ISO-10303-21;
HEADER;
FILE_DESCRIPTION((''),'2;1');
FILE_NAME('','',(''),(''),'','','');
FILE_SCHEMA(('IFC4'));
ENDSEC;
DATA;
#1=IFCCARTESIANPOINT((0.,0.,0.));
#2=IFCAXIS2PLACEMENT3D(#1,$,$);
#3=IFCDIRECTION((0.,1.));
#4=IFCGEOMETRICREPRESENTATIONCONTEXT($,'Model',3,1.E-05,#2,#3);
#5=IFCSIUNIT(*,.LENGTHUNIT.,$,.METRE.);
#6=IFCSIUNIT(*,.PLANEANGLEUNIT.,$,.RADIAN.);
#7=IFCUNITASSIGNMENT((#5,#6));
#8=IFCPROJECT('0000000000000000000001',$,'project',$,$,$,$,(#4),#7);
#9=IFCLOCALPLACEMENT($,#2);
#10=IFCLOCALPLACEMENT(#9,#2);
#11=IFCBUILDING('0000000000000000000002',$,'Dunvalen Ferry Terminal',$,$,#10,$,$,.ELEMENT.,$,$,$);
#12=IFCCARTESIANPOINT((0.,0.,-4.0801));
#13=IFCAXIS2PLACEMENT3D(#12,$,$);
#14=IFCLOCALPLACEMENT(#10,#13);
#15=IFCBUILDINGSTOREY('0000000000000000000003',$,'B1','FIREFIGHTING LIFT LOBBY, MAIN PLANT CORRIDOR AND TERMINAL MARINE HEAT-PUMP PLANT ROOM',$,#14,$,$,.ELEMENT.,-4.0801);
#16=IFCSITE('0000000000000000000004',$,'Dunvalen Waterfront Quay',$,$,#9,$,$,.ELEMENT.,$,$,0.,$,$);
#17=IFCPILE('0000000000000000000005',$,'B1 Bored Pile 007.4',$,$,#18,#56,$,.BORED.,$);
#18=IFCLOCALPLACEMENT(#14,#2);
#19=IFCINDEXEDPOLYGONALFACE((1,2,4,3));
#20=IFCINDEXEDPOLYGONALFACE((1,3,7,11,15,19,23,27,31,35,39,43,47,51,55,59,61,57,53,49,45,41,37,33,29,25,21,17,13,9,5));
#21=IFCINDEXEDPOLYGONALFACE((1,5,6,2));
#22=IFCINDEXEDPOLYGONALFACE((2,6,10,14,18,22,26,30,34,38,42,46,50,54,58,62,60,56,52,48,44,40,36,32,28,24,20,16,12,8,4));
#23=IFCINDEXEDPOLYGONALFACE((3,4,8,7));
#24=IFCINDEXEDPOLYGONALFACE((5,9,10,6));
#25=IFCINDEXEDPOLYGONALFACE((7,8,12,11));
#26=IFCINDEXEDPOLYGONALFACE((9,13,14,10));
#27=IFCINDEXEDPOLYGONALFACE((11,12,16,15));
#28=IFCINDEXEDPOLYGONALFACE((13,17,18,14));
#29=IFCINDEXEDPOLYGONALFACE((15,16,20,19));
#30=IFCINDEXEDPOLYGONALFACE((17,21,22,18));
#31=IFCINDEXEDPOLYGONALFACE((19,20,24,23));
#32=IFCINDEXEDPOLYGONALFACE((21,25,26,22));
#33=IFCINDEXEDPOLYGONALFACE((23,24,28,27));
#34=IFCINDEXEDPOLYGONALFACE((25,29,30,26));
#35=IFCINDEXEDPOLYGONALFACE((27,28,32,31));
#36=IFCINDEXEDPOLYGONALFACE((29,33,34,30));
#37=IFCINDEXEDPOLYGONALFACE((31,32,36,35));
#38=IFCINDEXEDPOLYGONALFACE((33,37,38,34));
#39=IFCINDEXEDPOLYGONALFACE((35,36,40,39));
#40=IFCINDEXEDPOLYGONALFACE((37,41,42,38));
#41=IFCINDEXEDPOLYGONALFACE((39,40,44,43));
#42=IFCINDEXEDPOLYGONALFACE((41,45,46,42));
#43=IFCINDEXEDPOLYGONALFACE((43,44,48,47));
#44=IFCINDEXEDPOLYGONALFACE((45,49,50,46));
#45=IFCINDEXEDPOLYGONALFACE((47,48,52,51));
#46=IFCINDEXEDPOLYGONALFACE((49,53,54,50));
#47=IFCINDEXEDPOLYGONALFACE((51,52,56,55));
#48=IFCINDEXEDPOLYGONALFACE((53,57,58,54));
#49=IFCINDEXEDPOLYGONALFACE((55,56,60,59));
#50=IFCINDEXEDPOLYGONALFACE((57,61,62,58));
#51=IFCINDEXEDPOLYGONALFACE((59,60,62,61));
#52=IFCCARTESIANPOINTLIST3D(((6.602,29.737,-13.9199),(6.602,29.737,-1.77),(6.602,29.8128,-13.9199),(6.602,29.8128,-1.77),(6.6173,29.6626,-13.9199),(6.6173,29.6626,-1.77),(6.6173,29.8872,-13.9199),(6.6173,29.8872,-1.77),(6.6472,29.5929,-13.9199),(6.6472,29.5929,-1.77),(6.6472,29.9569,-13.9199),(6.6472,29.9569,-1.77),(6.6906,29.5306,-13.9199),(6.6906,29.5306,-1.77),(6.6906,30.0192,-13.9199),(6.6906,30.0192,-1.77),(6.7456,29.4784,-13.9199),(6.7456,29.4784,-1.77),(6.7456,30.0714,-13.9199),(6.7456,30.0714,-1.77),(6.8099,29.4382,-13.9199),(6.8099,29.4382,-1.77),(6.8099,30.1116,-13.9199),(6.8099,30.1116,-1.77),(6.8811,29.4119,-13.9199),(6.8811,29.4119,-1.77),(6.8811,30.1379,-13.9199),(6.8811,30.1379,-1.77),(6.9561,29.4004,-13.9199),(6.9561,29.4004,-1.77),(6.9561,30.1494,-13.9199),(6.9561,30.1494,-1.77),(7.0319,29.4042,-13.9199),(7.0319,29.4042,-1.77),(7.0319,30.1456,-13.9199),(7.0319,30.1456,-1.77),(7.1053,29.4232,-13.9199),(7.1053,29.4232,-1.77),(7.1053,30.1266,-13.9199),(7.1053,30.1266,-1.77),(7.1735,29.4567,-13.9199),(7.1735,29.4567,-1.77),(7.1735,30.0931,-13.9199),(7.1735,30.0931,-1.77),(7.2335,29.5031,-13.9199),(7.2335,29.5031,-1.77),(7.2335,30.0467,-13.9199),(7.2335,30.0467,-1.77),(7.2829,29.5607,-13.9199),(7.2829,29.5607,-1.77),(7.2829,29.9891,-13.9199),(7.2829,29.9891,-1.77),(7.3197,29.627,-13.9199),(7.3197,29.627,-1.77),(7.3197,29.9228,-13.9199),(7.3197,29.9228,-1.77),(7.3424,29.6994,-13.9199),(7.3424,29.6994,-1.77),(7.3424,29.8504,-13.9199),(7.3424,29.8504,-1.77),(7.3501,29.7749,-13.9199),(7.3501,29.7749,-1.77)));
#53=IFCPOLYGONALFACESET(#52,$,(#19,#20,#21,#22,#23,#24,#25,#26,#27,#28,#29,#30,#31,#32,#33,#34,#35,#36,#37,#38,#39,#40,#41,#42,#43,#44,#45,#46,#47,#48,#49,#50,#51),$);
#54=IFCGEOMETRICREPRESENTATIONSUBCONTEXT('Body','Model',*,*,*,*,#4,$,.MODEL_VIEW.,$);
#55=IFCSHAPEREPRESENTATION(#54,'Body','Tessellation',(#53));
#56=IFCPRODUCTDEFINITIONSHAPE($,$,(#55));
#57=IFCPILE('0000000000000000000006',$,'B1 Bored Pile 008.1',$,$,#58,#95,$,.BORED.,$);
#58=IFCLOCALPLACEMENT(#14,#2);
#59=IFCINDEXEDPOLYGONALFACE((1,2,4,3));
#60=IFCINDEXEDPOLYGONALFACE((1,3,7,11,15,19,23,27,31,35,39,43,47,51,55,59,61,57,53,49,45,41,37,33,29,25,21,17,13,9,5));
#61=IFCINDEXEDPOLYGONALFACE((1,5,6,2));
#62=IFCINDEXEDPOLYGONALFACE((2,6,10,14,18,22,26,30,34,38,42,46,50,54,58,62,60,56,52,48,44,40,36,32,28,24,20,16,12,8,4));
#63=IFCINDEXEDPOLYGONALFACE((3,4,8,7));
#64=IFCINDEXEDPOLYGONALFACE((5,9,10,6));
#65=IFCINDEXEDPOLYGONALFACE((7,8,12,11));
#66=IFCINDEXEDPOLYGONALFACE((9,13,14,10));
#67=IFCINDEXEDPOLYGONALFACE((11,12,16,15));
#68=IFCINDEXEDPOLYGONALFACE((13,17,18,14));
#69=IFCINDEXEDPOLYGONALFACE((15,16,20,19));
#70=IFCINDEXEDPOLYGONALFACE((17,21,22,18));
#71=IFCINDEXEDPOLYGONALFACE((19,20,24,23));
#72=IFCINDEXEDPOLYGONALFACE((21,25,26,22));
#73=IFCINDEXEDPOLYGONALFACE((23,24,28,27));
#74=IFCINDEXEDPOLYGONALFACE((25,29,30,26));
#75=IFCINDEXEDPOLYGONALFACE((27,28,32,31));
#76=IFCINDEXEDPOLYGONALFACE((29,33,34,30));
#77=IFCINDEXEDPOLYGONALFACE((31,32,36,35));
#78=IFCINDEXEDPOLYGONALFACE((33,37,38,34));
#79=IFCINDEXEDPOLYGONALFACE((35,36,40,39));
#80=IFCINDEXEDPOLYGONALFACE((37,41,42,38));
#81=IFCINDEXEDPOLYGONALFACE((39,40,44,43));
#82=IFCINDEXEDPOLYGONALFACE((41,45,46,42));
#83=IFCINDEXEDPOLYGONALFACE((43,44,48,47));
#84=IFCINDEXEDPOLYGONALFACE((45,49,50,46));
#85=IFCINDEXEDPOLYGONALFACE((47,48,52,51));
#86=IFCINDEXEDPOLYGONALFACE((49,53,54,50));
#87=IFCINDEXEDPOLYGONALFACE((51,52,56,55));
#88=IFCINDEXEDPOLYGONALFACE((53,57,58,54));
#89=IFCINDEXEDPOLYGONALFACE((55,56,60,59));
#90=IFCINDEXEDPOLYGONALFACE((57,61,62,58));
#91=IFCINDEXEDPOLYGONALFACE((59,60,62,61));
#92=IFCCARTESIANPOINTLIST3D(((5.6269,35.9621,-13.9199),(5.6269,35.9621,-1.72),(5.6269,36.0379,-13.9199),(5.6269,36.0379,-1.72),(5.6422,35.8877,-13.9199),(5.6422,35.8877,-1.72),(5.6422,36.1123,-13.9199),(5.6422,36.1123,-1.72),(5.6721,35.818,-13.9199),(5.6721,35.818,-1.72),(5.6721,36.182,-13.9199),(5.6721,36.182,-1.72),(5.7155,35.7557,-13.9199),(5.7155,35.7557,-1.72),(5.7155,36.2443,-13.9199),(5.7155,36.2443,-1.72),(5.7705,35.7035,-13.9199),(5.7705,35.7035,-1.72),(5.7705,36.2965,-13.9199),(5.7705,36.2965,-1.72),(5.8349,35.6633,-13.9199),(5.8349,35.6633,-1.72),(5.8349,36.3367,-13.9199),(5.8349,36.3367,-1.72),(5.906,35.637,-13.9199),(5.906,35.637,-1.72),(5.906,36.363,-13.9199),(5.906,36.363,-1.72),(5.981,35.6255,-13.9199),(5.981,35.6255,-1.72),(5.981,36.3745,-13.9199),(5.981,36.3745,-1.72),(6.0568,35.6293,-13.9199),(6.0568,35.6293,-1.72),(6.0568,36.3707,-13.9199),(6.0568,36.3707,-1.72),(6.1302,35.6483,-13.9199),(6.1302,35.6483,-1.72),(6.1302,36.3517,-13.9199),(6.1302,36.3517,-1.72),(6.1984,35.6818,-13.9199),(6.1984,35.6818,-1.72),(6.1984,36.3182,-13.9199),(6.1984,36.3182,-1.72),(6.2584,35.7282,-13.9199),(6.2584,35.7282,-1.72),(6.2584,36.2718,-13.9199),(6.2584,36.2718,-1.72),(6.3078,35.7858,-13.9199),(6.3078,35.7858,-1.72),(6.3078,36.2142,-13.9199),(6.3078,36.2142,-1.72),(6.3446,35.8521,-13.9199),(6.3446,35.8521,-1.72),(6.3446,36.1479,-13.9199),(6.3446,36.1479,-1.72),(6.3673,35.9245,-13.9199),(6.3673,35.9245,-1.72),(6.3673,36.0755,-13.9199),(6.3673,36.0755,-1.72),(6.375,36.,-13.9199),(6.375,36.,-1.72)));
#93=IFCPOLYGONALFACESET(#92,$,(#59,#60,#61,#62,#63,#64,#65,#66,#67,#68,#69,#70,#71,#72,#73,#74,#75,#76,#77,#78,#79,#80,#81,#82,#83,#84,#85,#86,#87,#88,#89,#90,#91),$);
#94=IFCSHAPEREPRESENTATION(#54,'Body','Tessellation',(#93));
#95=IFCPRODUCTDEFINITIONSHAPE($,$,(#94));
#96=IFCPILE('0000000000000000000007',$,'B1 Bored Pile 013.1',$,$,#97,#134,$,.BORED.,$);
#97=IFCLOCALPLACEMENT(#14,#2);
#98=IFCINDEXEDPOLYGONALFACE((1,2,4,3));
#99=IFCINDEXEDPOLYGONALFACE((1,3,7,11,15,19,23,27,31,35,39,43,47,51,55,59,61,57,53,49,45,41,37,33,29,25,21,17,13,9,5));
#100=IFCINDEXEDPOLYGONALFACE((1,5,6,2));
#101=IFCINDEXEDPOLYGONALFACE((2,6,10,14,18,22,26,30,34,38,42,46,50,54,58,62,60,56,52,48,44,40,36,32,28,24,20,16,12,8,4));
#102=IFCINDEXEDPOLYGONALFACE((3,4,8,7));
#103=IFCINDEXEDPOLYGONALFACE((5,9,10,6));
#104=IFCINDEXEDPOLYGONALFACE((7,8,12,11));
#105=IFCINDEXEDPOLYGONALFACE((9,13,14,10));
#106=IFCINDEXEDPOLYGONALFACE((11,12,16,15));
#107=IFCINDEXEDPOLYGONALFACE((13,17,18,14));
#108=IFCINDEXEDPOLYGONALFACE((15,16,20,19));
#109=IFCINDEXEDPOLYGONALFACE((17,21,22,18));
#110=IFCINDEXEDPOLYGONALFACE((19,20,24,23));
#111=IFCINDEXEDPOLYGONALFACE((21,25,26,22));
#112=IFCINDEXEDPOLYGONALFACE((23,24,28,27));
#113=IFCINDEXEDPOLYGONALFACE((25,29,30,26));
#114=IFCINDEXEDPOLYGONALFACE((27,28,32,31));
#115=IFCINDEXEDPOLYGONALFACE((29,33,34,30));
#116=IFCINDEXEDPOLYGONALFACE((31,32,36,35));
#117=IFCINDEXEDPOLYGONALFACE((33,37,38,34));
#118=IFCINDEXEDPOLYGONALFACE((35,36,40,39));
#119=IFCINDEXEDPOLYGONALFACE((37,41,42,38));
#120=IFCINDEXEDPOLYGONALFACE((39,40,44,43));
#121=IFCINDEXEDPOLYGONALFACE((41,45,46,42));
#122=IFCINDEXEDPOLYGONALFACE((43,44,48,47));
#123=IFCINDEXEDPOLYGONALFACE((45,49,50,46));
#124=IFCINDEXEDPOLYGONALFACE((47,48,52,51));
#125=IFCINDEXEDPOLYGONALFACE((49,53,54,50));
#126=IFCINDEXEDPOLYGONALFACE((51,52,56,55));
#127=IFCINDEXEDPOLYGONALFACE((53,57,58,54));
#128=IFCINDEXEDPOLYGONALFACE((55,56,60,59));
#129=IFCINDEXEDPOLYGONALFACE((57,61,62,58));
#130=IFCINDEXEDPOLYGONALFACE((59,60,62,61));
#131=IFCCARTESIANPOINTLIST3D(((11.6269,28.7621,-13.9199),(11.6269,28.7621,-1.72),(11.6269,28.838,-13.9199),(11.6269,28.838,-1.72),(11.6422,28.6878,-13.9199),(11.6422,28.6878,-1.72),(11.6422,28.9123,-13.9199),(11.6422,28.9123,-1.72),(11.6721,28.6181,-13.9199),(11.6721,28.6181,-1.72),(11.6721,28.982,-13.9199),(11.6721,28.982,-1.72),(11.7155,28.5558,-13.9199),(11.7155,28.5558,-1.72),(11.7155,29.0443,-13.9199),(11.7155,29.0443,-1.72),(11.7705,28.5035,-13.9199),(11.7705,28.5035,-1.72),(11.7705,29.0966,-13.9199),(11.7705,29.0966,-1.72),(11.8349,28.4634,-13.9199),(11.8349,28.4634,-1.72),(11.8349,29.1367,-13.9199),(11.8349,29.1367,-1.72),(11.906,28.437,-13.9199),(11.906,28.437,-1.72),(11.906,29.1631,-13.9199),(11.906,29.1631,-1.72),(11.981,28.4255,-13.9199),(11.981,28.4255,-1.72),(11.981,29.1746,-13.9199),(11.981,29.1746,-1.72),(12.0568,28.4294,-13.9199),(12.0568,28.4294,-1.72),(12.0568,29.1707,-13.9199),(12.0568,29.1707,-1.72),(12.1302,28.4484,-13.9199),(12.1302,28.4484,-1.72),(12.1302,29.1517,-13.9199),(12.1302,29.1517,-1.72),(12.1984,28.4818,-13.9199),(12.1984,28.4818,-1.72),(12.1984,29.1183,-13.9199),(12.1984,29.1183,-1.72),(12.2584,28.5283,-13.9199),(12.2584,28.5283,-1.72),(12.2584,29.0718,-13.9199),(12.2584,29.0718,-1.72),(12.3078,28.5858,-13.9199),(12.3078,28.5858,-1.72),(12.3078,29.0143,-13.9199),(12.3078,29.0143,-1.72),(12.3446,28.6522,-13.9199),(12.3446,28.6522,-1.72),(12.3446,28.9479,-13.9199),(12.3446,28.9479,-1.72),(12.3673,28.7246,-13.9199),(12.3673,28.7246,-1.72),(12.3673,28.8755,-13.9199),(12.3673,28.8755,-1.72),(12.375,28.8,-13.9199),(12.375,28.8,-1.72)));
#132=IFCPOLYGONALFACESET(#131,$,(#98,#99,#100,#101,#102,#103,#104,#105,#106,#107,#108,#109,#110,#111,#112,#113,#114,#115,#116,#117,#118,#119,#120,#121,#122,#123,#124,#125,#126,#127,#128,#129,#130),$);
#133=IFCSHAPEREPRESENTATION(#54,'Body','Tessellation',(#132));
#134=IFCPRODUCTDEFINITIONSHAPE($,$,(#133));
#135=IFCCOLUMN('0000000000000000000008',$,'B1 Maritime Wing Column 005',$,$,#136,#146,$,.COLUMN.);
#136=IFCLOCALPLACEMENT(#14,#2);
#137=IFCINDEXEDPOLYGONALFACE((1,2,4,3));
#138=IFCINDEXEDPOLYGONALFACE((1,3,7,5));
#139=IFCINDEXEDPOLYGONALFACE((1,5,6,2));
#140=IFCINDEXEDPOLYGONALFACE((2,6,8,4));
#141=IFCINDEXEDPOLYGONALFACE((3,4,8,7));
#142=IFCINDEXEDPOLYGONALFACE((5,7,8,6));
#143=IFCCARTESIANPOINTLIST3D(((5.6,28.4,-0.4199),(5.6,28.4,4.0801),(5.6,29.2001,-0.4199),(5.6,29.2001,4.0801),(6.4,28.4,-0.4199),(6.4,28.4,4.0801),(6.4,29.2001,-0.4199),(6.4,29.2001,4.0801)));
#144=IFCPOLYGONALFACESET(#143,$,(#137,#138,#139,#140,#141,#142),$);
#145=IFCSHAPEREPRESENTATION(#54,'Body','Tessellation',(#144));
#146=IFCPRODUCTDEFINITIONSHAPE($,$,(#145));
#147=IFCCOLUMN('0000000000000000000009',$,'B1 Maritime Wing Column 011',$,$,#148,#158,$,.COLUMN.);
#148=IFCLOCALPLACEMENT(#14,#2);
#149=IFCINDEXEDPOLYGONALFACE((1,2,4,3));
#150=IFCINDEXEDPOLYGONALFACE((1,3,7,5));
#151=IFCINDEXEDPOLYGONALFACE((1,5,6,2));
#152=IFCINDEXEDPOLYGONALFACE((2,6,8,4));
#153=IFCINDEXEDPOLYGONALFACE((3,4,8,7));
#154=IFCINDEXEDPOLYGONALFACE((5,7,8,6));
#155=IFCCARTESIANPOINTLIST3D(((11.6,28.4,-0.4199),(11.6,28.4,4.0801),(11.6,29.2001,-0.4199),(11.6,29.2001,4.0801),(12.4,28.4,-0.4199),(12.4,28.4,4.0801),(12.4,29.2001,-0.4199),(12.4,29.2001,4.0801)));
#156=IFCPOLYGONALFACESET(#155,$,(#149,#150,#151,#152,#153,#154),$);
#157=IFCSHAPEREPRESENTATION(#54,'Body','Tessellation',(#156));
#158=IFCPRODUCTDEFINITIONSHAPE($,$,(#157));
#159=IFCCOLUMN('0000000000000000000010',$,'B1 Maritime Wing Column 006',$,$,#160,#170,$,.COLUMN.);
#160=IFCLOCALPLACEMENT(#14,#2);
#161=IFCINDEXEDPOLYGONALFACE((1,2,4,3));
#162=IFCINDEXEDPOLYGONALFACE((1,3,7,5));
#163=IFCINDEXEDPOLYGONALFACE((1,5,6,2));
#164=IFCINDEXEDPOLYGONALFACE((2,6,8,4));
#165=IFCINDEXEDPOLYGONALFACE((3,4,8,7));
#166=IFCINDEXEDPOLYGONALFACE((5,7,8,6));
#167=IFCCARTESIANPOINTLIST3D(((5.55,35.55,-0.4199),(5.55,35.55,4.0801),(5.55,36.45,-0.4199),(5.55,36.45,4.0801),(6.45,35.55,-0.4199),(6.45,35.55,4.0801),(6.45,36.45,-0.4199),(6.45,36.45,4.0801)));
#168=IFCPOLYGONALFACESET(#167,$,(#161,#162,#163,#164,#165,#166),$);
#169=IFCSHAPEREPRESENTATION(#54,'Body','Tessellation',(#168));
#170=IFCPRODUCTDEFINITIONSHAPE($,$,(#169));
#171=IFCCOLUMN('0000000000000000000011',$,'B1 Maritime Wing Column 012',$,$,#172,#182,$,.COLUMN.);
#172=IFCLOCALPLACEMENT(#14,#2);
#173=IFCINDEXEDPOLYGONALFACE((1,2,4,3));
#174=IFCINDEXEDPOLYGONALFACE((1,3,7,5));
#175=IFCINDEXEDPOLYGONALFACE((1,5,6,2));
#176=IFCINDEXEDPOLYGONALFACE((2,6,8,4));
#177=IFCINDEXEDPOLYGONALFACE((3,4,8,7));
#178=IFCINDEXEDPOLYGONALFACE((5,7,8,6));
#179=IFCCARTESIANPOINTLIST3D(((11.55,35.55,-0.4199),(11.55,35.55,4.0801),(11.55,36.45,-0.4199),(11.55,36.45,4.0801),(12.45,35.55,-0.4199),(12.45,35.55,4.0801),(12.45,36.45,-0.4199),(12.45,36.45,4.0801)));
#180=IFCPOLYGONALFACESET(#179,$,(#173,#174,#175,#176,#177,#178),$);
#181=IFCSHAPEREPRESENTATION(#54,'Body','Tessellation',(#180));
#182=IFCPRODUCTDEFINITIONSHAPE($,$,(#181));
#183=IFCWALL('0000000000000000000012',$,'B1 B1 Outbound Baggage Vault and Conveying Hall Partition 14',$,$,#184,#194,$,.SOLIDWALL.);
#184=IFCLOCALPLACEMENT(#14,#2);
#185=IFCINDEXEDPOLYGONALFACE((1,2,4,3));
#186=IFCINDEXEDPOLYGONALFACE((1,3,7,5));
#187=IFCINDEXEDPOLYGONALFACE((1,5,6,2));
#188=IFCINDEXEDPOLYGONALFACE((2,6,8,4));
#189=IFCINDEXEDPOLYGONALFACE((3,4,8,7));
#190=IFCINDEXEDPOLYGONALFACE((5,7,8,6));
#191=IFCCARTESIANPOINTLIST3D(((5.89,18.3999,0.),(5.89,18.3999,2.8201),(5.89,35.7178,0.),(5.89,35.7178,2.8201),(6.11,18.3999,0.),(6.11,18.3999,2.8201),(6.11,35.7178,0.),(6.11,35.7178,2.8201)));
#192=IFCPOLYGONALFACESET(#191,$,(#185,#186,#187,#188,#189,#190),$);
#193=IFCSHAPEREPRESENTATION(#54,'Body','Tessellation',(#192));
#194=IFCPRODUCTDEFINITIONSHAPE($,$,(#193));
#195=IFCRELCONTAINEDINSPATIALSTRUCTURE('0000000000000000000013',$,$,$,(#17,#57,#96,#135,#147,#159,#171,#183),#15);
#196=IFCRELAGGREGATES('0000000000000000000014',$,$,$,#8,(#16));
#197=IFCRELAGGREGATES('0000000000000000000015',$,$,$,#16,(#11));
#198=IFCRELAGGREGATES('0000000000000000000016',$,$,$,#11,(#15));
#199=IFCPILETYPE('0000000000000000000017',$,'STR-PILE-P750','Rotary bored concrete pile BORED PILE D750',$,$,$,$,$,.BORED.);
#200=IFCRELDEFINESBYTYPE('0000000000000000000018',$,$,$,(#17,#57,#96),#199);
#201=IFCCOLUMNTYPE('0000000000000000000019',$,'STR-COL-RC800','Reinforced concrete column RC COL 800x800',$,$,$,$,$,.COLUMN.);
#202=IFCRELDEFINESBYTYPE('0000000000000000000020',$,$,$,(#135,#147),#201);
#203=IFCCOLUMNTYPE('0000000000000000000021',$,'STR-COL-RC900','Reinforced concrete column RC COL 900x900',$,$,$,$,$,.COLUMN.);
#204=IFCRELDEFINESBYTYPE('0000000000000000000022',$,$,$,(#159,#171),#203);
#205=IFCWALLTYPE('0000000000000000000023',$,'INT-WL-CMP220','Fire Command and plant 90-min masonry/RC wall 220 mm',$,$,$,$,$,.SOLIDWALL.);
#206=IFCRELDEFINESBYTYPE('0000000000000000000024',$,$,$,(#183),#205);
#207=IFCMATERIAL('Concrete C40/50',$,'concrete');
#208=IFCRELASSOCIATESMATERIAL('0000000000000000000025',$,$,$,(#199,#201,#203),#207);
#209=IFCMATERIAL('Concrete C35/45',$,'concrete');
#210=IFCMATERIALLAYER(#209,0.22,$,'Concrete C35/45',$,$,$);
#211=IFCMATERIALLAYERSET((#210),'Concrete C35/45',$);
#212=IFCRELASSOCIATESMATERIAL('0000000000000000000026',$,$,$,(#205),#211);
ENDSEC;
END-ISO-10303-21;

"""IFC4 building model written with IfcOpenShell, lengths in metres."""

from ifc_helpers import new_model, si_unit, direction, frame, frame_2d, origin, origin_2d, place, context, subcontext, project, spatial, rectangle, circle, extrude, material, layer, layer_set, material_profile, profile_set, type_object, element, save


model = new_model("IFC4")

# Units and contexts
model_context = context("Model", 3, precision=1e-05, world=origin(), true_north=direction((0.0, 1.0)))
body_context = subcontext(model_context, "Body", "Model", "MODEL_VIEW")
ifc_project = project(units=[si_unit("LENGTHUNIT", "METRE"), si_unit("PLANEANGLEUNIT", "RADIAN")], contexts=[model_context])

# Site, building, storey
site_placement = place(None, origin())
site = spatial("IfcSite", under=ifc_project, at=site_placement, Name="Dunvalen Waterfront Quay", CompositionType="ELEMENT", RefElevation=0.0)
building_placement = place(site_placement, origin())
building = spatial("IfcBuilding", under=site, at=building_placement, Name="Dunvalen Ferry Terminal", CompositionType="ELEMENT")
storey_placement = place(building_placement, frame((0.0, 0.0, -4.0801)))
storey = spatial("IfcBuildingStorey", under=building, at=storey_placement, Name="B1", Description="FIREFIGHTING LIFT LOBBY, MAIN PLANT CORRIDOR AND TERMINAL MARINE HEAT-PUMP PLANT ROOM", CompositionType="ELEMENT", Elevation=-4.0801)

# Shared definitions
ifc_material_1 = material(Name="Concrete C40/50", Category="concrete")

# Piles
ifc_material_profile_1 = material_profile(ifc_material_1, circle(Radius=0.375, at=origin_2d()), Name="Concrete C40/50")
ifc_profile_set_1 = profile_set([ifc_material_profile_1], Name="Concrete C40/50")
pile_type_1 = type_object("IfcPileType", Name="STR-PILE-P750", Description="Rotary bored concrete pile BORED PILE D750", PredefinedType="BORED", material=ifc_profile_set_1)
for number, where, z_axis, x_axis, name in (
    (1, (6.9751, 29.7749, -1.77), (0.0, 0.0, -1.0), (1.0, 0.0, 0.0), "B1 Bored Pile 007.4"),
):
    element("IfcPile", number, at=place(storey_placement, frame(where, z_axis=z_axis, x_axis=x_axis)), inside=storey, type_object=pile_type_1, Name=name, PredefinedType="BORED", context=body_context, shape_type="SweptSolid", body=[
        extrude(circle(Radius=0.375, at=origin_2d()), origin(), (0.0, 0.0, 1.0), 12.1499),
    ])
for number, where, z_axis, x_axis, name in (
    (2, (6.0, 36.0, -1.72), (0.0, 0.0, -1.0), (1.0, 0.0, 0.0), "B1 Bored Pile 008.1"),
    (3, (12.0, 28.8, -1.72), (0.0, 0.0, -1.0), (1.0, 0.0, 0.0), "B1 Bored Pile 013.1"),
):
    element("IfcPile", number, at=place(storey_placement, frame(where, z_axis=z_axis, x_axis=x_axis)), inside=storey, type_object=pile_type_1, Name=name, PredefinedType="BORED", context=body_context, shape_type="SweptSolid", body=[
        extrude(circle(Radius=0.375, at=origin_2d()), origin(), (0.0, 0.0, 1.0), 12.2),
    ])

# Columns
ifc_material_profile_2 = material_profile(ifc_material_1, rectangle(XDim=0.8, YDim=0.8, at=origin_2d()), Name="Concrete C40/50")
ifc_profile_set_2 = profile_set([ifc_material_profile_2], Name="Concrete C40/50")
column_type_1 = type_object("IfcColumnType", Name="STR-COL-RC800", Description="Reinforced concrete column RC COL 800x800", PredefinedType="COLUMN", material=ifc_profile_set_2)
for number, where, z_axis, x_axis, name in (
    (4, (6.0, 28.8, -0.4199), (0.0, 0.0, 1.0), (1.0, 0.0, 0.0), "B1 Maritime Wing Column 005"),
    (5, (12.0, 28.8, -0.4199), (0.0, 0.0, 1.0), (1.0, 0.0, 0.0), "B1 Maritime Wing Column 011"),
):
    element("IfcColumn", number, at=place(storey_placement, frame(where, z_axis=z_axis, x_axis=x_axis)), inside=storey, type_object=column_type_1, Name=name, PredefinedType="COLUMN", context=body_context, shape_type="SweptSolid", body=[
        extrude(rectangle(XDim=0.8, YDim=0.8, at=origin_2d()), origin(), (0.0, 0.0, 1.0), 4.5),
    ])
ifc_material_profile_3 = material_profile(ifc_material_1, rectangle(XDim=0.8999, YDim=0.8999, at=origin_2d()), Name="Concrete C40/50")
ifc_profile_set_3 = profile_set([ifc_material_profile_3], Name="Concrete C40/50")
column_type_2 = type_object("IfcColumnType", Name="STR-COL-RC900", Description="Reinforced concrete column RC COL 900x900", PredefinedType="COLUMN", material=ifc_profile_set_3)
for number, where, z_axis, x_axis, name in (
    (6, (6.0, 36.0, -0.4199), (0.0, 0.0, 1.0), (1.0, 0.0, 0.0), "B1 Maritime Wing Column 006"),
    (7, (12.0, 36.0, -0.4199), (0.0, 0.0, 1.0), (1.0, 0.0, 0.0), "B1 Maritime Wing Column 012"),
):
    element("IfcColumn", number, at=place(storey_placement, frame(where, z_axis=z_axis, x_axis=x_axis)), inside=storey, type_object=column_type_2, Name=name, PredefinedType="COLUMN", context=body_context, shape_type="SweptSolid", body=[
        extrude(rectangle(XDim=0.8999, YDim=0.8999, at=origin_2d()), origin(), (0.0, 0.0, 1.0), 4.5),
    ])

# Wall
ifc_material_2 = material(Name="Concrete C35/45", Category="concrete")
ifc_layer_1 = layer(ifc_material_2, 0.22, Name="Concrete C35/45")
ifc_layer_set_1 = layer_set([ifc_layer_1], Name="Concrete C35/45")
wall_type_1 = type_object("IfcWallType", Name="INT-WL-CMP220", Description="Fire Command and plant 90-min masonry/RC wall 220 mm", PredefinedType="SOLIDWALL", material=ifc_layer_set_1)
wall_1_placement = place(storey_placement, frame((6.0, 35.7178, 0.0), z_axis=(0.0, 0.0, 1.0), x_axis=(0.0, -1.0, 0.0)))
element("IfcWall", 8, at=wall_1_placement, inside=storey, type_object=wall_type_1, Name="B1 B1 Outbound Baggage Vault and Conveying Hall Partition 14", PredefinedType="SOLIDWALL", context=body_context, shape_type="SweptSolid", body=[
    extrude(rectangle(XDim=17.3179, YDim=0.22, at=frame_2d((8.6589, 0.0))), origin(), (0.0, 0.0, 1.0), 2.8201),
])

save(model, "model.ifc")
